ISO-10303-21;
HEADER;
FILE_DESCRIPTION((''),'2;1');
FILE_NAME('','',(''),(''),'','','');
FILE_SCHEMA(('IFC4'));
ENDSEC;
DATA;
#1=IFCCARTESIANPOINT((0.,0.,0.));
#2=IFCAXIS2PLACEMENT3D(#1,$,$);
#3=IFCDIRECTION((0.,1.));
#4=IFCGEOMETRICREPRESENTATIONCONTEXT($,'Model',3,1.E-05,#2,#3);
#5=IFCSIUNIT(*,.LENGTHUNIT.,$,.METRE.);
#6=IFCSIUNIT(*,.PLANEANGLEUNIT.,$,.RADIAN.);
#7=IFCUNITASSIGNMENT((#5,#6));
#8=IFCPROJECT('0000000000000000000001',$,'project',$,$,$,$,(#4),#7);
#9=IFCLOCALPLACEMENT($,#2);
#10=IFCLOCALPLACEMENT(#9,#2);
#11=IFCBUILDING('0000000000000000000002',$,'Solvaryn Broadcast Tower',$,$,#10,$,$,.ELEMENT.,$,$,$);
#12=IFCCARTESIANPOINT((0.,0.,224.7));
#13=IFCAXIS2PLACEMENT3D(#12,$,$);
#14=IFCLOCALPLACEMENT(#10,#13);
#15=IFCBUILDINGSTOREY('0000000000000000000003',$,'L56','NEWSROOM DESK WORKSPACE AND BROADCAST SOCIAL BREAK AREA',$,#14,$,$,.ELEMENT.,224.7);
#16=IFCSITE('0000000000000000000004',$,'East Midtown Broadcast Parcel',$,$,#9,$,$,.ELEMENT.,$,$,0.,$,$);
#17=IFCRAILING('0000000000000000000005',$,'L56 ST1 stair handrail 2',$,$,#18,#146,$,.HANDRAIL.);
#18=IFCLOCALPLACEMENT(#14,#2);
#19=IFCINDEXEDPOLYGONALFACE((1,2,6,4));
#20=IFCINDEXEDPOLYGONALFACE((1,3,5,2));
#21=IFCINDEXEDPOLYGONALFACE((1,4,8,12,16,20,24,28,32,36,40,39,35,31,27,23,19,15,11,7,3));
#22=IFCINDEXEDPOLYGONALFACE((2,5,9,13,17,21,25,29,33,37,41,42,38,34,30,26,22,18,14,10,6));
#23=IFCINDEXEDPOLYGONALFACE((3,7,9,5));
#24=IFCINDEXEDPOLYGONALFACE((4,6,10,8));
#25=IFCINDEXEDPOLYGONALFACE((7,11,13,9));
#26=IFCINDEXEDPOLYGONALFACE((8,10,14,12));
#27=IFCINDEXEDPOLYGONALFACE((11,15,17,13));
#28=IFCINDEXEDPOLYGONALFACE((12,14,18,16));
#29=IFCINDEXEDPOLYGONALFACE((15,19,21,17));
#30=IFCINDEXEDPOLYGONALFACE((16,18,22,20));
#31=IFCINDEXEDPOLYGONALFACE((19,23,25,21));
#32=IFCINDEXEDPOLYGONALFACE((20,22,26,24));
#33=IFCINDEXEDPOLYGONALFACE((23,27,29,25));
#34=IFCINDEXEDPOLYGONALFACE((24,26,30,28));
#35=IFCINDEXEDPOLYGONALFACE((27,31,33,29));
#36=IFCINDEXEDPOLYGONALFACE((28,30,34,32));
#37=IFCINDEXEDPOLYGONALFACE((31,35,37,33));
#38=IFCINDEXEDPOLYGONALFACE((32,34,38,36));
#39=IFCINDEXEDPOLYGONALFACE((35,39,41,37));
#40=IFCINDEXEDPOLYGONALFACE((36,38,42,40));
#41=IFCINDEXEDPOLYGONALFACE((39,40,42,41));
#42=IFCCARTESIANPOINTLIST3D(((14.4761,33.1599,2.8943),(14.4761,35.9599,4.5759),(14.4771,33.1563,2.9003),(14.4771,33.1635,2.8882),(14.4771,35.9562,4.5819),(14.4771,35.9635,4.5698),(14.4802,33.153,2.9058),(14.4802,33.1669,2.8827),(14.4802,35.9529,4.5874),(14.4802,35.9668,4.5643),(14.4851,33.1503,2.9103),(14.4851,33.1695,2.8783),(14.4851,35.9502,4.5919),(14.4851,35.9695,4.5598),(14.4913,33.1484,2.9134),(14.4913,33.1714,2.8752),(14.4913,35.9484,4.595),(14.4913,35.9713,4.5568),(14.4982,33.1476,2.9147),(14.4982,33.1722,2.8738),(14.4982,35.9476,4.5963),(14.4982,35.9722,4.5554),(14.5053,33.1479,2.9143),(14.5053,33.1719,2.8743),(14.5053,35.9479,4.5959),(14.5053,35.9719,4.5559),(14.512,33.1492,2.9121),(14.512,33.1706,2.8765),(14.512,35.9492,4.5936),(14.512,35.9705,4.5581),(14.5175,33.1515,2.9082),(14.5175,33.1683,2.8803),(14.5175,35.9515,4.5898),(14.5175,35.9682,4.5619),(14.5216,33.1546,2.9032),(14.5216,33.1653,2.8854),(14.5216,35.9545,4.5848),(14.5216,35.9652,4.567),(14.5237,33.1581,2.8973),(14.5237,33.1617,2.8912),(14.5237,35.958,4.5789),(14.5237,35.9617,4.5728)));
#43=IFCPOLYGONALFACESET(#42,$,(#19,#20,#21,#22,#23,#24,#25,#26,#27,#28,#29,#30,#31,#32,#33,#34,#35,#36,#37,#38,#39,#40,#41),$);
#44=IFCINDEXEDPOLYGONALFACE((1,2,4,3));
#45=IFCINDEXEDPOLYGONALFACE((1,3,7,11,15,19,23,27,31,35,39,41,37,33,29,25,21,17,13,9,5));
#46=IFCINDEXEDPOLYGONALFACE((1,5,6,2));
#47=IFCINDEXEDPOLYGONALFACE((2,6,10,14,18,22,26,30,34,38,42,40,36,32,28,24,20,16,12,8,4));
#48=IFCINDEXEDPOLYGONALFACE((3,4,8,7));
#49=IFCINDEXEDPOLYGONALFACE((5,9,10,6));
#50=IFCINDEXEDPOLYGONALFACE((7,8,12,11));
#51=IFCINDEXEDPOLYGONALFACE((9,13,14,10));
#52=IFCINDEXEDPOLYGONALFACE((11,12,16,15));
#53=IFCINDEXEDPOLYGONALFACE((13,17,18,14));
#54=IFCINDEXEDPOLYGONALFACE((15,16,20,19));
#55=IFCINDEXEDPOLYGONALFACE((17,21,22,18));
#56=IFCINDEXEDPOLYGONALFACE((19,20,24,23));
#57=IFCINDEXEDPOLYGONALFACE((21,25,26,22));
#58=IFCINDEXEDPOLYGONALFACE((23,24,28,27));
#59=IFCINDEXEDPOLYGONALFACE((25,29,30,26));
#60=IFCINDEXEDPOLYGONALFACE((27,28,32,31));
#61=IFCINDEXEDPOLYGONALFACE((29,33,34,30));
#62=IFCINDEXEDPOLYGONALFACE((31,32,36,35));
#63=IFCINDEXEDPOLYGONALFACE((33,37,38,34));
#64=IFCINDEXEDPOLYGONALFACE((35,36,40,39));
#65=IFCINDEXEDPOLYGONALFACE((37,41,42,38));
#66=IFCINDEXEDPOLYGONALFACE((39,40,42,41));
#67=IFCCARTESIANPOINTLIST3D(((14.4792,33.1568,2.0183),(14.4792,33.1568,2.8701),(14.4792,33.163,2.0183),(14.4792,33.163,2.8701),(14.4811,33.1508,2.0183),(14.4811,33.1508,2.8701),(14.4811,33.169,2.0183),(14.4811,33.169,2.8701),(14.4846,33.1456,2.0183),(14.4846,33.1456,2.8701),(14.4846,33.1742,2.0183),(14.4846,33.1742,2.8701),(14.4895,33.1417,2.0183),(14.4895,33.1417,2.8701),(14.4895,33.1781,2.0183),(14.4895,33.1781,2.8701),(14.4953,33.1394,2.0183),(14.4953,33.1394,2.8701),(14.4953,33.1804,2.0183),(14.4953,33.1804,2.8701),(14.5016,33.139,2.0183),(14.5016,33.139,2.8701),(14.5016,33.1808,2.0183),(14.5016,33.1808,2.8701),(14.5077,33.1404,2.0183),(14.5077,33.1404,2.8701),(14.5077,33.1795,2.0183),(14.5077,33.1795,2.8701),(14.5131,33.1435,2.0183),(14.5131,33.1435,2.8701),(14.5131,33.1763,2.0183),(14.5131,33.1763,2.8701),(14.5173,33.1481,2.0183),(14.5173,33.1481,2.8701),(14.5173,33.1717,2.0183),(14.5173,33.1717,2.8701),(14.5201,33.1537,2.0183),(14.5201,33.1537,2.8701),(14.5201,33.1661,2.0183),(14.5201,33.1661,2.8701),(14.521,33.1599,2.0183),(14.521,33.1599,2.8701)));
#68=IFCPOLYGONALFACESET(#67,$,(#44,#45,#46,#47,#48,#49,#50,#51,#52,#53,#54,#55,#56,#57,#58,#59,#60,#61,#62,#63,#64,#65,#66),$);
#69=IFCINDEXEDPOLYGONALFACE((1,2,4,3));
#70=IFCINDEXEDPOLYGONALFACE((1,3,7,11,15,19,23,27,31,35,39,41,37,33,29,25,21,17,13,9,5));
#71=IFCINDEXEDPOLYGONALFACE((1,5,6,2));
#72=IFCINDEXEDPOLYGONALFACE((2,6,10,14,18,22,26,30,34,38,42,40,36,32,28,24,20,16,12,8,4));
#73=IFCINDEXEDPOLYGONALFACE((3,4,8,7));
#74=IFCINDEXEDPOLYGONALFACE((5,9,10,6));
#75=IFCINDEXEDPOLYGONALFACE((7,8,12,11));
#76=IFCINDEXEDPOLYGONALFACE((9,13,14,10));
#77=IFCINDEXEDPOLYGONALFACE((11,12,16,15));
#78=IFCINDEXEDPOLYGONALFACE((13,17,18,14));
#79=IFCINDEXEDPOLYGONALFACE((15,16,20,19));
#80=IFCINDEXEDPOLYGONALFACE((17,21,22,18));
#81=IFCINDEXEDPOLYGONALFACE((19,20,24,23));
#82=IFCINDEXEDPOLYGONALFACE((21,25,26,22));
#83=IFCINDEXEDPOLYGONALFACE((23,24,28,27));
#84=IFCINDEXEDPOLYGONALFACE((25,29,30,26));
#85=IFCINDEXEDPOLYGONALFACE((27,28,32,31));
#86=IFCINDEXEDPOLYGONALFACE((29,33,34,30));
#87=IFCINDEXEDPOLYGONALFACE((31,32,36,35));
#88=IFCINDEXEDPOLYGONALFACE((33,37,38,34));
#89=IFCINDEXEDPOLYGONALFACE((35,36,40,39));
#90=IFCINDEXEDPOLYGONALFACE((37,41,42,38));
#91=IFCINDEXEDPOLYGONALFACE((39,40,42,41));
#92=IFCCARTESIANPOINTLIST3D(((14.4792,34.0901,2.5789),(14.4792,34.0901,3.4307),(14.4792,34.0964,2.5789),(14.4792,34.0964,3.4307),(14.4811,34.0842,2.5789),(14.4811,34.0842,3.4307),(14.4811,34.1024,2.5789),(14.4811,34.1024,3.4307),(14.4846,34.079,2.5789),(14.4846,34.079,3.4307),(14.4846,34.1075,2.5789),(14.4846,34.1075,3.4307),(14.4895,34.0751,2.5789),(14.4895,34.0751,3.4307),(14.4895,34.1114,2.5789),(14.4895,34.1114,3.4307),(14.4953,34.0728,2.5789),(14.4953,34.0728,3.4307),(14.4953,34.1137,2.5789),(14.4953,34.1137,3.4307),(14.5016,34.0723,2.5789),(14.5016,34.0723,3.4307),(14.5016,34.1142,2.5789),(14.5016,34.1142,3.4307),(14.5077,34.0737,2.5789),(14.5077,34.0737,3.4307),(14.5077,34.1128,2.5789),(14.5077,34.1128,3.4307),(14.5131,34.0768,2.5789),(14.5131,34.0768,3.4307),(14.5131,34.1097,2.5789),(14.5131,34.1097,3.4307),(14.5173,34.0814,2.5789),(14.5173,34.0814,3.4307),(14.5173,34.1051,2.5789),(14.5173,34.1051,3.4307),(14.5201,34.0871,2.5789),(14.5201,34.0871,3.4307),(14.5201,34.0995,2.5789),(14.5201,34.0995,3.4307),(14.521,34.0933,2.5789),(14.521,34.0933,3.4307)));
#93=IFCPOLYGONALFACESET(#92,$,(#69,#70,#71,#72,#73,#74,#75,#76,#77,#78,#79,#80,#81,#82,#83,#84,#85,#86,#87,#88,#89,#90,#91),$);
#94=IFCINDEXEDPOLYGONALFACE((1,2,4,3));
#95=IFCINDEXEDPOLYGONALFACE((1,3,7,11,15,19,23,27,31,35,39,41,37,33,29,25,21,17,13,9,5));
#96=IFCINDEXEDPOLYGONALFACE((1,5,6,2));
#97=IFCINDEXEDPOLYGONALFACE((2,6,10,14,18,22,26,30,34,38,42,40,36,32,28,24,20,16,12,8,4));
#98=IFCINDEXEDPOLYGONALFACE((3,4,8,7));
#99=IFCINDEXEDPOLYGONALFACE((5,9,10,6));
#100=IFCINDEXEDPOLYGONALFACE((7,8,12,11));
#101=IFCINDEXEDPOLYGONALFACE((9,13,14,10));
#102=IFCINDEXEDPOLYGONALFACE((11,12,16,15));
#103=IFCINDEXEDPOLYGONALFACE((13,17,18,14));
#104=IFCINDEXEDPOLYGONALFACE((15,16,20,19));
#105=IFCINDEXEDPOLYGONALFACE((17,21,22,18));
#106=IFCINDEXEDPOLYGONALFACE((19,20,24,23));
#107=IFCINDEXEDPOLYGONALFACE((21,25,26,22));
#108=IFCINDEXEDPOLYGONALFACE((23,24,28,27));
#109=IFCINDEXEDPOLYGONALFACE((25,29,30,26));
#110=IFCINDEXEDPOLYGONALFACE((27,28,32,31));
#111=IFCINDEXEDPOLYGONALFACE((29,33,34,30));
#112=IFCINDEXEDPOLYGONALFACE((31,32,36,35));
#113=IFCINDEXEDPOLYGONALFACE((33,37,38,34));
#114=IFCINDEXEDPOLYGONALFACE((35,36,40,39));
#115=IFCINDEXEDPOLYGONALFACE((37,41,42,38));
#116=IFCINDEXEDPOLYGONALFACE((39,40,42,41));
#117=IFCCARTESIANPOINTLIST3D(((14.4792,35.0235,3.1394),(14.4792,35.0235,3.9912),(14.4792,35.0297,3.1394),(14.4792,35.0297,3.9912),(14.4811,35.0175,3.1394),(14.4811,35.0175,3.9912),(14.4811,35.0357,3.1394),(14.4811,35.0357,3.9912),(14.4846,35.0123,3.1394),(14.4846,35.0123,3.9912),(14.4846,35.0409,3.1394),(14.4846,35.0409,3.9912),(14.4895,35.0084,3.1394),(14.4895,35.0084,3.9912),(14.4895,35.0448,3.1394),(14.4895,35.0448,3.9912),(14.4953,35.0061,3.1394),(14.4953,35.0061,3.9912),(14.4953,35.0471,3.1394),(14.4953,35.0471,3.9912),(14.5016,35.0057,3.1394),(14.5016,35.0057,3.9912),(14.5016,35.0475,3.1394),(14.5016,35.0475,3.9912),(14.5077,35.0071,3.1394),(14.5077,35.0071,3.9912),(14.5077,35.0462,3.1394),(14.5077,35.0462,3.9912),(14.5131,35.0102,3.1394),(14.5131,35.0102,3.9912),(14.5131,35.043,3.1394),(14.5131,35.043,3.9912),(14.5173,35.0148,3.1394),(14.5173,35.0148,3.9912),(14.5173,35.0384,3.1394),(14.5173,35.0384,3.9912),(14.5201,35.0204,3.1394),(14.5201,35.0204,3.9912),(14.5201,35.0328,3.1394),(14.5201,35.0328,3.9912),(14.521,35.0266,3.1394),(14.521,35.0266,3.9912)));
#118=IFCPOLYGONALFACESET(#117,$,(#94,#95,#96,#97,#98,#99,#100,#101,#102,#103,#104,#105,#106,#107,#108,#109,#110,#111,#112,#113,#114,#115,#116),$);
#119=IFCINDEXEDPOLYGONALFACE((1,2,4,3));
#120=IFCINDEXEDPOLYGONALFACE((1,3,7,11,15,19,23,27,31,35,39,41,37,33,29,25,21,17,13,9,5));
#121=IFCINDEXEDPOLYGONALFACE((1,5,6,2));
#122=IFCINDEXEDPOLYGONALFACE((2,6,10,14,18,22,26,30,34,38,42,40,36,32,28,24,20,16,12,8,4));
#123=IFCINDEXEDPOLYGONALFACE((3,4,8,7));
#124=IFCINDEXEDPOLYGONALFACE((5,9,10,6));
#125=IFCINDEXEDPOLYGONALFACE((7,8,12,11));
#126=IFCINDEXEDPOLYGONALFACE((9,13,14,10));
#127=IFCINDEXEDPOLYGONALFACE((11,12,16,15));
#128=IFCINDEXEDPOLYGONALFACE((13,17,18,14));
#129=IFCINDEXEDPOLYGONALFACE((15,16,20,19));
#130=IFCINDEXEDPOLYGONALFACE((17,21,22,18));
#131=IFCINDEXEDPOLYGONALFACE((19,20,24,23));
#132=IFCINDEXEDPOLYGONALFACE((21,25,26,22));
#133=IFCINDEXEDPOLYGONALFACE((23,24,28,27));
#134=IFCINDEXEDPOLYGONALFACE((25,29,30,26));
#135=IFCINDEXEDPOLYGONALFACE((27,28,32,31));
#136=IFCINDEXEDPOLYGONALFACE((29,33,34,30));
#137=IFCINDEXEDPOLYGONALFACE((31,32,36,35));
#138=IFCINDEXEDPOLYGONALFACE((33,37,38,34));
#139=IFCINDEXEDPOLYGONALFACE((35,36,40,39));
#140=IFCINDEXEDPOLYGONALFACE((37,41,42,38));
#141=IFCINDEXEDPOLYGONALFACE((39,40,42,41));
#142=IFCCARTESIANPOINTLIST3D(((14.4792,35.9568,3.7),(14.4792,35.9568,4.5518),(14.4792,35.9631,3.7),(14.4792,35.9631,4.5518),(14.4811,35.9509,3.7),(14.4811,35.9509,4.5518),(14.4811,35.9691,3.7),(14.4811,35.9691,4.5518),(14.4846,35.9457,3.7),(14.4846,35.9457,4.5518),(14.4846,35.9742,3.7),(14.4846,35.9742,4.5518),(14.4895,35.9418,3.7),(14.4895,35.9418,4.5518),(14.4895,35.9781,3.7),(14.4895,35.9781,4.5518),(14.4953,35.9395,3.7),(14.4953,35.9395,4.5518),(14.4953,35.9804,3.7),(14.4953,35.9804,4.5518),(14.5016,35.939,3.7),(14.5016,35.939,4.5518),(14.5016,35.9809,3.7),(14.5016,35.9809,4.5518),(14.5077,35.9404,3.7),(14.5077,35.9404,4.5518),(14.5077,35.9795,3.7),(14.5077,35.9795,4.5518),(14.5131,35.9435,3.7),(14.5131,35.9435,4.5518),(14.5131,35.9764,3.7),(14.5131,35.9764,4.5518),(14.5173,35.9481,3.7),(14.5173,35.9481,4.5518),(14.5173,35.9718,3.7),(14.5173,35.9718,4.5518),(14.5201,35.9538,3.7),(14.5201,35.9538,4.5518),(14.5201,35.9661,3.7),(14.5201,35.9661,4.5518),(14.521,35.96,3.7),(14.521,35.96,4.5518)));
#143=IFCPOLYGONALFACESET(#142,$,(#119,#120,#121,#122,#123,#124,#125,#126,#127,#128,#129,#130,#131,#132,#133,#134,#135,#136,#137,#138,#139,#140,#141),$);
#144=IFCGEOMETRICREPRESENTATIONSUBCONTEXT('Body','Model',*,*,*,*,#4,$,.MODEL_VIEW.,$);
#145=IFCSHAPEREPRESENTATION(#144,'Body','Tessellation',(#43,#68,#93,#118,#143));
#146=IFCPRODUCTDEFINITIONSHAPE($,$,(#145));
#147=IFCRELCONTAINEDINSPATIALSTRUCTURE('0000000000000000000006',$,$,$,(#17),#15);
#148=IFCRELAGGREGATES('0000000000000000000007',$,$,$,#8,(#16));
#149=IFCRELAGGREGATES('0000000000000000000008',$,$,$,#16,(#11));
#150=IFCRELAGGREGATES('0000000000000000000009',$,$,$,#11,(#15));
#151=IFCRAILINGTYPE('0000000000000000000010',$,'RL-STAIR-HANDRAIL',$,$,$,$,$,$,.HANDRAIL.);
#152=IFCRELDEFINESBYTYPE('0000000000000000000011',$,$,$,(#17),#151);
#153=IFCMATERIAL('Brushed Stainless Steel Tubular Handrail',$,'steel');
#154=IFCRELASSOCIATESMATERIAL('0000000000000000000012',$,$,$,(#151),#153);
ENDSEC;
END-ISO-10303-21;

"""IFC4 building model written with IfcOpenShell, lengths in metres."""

from ifc_helpers import new_model, si_unit, direction, frame, origin, origin_2d, place, context, subcontext, project, spatial, circle, extrude, material, type_object, element, save


model = new_model("IFC4")

# Units and contexts
model_context = context("Model", 3, precision=1e-05, world=origin(), true_north=direction((0.0, 1.0)))
body_context = subcontext(model_context, "Body", "Model", "MODEL_VIEW")
ifc_project = project(units=[si_unit("LENGTHUNIT", "METRE"), si_unit("PLANEANGLEUNIT", "RADIAN")], contexts=[model_context])

# Site, building, storey
site_placement = place(None, origin())
site = spatial("IfcSite", under=ifc_project, at=site_placement, Name="East Midtown Broadcast Parcel", CompositionType="ELEMENT", RefElevation=0.0)
building_placement = place(site_placement, origin())
building = spatial("IfcBuilding", under=site, at=building_placement, Name="Solvaryn Broadcast Tower", CompositionType="ELEMENT")
storey_placement = place(building_placement, frame((0.0, 0.0, 224.7)))
storey = spatial("IfcBuildingStorey", under=building, at=storey_placement, Name="L56", Description="NEWSROOM DESK WORKSPACE AND BROADCAST SOCIAL BREAK AREA", CompositionType="ELEMENT", Elevation=224.7)

# Railing
ifc_material_1 = material(Name="Brushed Stainless Steel Tubular Handrail", Category="steel")
railing_type_1 = type_object("IfcRailingType", Name="RL-STAIR-HANDRAIL", PredefinedType="HANDRAIL", material=ifc_material_1)
railing_1_placement = place(storey_placement, frame((14.5, 33.1599, 2.0183)))
element("IfcRailing", 1, at=railing_1_placement, inside=storey, type_object=railing_type_1, Name="L56 ST1 stair handrail 2", PredefinedType="HANDRAIL", context=body_context, shape_type="SweptSolid", body=[
    extrude(circle(Radius=0.0239, at=origin_2d()), frame((0.0, 0.0, 0.876), z_axis=(0.0, 0.857275, 0.514858), x_axis=(-1.0, 0.0, 0.0)), (0.0, 0.0, 1.0), 3.2661),
    extrude(circle(Radius=0.021, at=origin_2d()), origin(), (0.0, 0.0, 1.0), 0.8518),
    extrude(circle(Radius=0.021, at=origin_2d()), frame((0.0, 0.9333, 0.5605)), (0.0, 0.0, 1.0), 0.8518),
    extrude(circle(Radius=0.021, at=origin_2d()), frame((0.0, 1.8667, 1.1211)), (0.0, 0.0, 1.0), 0.8518),
    extrude(circle(Radius=0.021, at=origin_2d()), frame((0.0, 2.8, 1.6816)), (0.0, 0.0, 1.0), 0.8518),
])

save(model, "model.ifc")
